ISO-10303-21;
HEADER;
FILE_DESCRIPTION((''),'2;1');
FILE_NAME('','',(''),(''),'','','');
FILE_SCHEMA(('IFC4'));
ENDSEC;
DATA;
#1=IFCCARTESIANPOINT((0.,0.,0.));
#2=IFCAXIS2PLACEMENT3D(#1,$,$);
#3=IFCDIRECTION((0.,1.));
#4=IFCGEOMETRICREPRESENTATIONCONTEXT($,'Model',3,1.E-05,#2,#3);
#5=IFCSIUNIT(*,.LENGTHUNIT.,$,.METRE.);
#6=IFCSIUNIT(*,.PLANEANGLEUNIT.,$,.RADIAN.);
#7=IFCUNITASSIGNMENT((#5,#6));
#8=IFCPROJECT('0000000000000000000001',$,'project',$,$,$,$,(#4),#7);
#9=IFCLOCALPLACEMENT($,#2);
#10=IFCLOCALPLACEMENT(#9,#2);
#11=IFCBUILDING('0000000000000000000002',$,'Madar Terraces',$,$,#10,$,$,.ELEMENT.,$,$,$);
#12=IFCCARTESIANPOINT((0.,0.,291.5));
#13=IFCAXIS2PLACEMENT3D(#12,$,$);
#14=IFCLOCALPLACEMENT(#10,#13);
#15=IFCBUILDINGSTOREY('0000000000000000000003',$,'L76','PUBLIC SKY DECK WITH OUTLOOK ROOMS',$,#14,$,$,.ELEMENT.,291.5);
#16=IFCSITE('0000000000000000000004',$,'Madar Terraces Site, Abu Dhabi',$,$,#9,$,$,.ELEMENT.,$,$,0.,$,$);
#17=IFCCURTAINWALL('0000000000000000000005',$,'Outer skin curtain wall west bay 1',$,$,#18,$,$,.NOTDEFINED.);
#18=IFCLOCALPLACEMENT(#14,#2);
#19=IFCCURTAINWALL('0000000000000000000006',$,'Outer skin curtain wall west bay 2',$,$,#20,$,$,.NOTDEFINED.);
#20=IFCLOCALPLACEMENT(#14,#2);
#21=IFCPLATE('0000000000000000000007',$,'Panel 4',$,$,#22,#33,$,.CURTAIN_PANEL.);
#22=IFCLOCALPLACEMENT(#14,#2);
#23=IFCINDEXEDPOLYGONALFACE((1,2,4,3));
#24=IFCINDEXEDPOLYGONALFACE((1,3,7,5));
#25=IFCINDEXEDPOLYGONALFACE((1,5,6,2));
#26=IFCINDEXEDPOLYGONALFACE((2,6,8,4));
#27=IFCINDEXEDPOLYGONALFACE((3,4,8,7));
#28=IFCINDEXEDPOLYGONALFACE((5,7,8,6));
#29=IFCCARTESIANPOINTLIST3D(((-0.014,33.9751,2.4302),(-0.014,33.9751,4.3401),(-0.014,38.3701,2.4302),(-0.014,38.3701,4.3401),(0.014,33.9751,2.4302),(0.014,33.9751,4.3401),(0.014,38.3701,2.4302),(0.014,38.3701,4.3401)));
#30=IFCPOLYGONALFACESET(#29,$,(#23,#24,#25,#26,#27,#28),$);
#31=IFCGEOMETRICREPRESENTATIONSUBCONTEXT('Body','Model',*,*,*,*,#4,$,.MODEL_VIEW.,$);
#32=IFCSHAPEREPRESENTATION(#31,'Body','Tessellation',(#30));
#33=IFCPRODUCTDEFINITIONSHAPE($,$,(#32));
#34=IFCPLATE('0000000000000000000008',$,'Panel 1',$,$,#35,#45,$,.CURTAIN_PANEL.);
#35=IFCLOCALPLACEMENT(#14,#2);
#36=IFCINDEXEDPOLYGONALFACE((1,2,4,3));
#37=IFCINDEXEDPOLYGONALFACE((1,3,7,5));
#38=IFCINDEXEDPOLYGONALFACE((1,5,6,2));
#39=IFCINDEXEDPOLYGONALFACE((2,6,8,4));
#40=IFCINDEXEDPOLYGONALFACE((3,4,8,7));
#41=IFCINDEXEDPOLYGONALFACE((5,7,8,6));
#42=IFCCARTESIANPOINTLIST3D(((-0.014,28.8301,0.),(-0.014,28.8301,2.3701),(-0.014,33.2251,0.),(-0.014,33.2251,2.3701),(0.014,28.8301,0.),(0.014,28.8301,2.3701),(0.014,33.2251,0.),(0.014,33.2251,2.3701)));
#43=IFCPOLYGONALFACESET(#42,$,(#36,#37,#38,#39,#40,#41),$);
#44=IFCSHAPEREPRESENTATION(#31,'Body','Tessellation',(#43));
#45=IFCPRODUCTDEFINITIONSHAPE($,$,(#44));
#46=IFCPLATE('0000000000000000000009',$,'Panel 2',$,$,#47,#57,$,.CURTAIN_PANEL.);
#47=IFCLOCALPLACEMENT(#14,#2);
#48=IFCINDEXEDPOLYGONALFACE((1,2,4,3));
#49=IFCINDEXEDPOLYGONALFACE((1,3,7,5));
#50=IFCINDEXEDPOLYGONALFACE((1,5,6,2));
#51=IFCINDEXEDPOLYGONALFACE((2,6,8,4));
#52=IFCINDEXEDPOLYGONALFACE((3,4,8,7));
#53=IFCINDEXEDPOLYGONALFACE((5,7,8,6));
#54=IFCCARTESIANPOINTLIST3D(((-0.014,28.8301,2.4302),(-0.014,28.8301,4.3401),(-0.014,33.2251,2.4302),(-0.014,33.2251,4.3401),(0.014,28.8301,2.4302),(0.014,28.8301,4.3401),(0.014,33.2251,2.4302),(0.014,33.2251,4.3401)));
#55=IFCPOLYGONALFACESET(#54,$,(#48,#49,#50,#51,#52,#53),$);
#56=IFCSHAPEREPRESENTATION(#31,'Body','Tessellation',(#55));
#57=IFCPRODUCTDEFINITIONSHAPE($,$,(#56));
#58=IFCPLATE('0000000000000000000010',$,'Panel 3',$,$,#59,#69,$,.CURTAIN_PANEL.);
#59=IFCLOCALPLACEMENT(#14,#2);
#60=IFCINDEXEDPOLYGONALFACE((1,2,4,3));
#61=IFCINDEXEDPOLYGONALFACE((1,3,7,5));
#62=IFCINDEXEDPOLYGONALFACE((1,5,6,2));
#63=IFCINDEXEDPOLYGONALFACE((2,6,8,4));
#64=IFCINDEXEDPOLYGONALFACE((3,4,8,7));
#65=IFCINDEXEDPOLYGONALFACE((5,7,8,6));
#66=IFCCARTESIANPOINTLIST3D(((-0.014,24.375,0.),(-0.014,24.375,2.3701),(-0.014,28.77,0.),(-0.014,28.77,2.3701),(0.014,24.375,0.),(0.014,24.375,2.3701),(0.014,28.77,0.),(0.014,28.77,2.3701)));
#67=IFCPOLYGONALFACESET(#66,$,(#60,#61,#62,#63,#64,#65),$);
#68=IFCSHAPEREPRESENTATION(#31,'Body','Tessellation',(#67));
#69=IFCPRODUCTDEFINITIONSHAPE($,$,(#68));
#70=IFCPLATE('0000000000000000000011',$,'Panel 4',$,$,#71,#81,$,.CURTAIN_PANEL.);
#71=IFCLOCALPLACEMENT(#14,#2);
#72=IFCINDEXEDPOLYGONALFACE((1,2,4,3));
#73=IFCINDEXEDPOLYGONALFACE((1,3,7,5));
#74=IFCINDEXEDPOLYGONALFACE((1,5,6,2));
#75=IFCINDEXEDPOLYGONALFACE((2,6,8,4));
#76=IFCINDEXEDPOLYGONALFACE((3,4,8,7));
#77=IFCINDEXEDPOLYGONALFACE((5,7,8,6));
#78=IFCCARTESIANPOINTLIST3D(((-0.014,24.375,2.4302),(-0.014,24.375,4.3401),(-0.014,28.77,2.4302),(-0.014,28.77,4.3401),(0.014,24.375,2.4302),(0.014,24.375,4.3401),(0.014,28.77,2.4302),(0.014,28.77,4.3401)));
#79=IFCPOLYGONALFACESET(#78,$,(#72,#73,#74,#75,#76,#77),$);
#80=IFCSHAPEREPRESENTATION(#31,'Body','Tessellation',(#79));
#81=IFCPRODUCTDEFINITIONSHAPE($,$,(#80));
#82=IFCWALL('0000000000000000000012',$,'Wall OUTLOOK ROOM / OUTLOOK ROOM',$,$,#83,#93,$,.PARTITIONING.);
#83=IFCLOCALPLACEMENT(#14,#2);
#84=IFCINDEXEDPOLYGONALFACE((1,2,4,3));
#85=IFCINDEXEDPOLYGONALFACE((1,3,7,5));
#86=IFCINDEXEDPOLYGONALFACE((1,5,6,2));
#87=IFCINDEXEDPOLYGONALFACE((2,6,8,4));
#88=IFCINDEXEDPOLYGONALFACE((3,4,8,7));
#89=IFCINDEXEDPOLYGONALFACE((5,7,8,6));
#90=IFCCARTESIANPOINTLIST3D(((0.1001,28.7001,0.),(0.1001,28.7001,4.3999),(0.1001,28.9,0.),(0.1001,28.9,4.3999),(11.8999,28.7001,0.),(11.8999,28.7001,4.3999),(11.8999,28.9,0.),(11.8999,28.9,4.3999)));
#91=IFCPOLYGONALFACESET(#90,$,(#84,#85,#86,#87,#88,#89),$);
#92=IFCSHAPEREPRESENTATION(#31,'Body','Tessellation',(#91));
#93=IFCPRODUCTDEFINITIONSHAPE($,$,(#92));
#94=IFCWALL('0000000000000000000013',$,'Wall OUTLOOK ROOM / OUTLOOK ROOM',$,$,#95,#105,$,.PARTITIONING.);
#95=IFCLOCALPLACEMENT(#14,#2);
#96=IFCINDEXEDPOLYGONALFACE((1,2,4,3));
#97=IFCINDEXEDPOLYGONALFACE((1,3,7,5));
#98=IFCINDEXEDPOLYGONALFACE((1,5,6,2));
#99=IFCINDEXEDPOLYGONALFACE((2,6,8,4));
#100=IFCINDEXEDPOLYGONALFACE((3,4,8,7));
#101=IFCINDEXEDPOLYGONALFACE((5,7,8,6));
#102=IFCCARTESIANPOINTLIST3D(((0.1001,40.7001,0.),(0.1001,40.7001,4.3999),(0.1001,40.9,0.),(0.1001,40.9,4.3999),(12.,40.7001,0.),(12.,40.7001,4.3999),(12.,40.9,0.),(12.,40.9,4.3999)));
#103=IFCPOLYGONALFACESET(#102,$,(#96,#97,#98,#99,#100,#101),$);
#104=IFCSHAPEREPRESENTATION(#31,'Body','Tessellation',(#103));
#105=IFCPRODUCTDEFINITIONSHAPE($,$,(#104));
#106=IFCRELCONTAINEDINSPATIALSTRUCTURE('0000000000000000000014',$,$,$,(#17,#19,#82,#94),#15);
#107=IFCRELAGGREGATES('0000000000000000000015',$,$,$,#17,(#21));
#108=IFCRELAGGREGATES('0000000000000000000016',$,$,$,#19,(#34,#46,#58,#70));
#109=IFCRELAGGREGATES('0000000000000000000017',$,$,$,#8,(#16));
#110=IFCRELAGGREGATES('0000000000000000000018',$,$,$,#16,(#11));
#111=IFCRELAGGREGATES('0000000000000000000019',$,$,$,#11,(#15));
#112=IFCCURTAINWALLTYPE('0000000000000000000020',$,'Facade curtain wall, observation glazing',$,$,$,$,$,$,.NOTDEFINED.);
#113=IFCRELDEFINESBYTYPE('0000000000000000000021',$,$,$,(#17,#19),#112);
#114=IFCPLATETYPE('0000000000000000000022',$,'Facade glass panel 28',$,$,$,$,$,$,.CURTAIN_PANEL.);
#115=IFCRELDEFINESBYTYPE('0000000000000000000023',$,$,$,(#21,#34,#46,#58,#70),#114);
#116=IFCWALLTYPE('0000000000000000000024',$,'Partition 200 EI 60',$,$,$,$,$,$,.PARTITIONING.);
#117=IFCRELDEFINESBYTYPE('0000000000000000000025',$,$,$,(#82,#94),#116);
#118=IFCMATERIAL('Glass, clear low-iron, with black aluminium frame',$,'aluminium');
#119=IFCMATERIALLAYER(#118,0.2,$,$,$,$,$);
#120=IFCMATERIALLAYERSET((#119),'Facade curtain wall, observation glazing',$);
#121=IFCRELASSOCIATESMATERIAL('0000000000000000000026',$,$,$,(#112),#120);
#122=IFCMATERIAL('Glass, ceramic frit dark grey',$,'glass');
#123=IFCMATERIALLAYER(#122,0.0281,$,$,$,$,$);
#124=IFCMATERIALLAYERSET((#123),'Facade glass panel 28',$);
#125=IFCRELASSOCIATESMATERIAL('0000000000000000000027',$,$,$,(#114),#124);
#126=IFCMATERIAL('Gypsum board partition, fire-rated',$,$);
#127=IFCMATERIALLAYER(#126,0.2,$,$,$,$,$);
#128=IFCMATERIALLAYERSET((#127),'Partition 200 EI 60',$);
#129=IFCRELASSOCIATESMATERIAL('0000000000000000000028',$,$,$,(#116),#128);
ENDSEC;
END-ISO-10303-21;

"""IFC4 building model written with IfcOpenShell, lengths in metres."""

from ifc_helpers import new_model, si_unit, direction, frame, frame_2d, origin, origin_2d, place, context, subcontext, project, spatial, rectangle, extrude, material, layer, layer_set, type_object, element, aggregate, save


model = new_model("IFC4")

# Units and contexts
model_context = context("Model", 3, precision=1e-05, world=origin(), true_north=direction((0.0, 1.0)))
body_context = subcontext(model_context, "Body", "Model", "MODEL_VIEW")
ifc_project = project(units=[si_unit("LENGTHUNIT", "METRE"), si_unit("PLANEANGLEUNIT", "RADIAN")], contexts=[model_context])

# Site, building, storey
site_placement = place(None, origin())
site = spatial("IfcSite", under=ifc_project, at=site_placement, Name="Madar Terraces Site, Abu Dhabi", CompositionType="ELEMENT", RefElevation=0.0)
building_placement = place(site_placement, origin())
building = spatial("IfcBuilding", under=site, at=building_placement, Name="Madar Terraces", CompositionType="ELEMENT")
storey_placement = place(building_placement, frame((0.0, 0.0, 291.5)))
storey = spatial("IfcBuildingStorey", under=building, at=storey_placement, Name="L76", Description="PUBLIC SKY DECK WITH OUTLOOK ROOMS", CompositionType="ELEMENT", Elevation=291.5)

# Curtain walls
ifc_material_1 = material(Name="Glass, clear low-iron, with black aluminium frame", Category="aluminium")
ifc_layer_1 = layer(ifc_material_1, 0.2)
ifc_layer_set_1 = layer_set([ifc_layer_1], Name="Facade curtain wall, observation glazing")
curtain_wall_type = type_object("IfcCurtainWallType", Name="Facade curtain wall, observation glazing", PredefinedType="NOTDEFINED", material=ifc_layer_set_1)
curtain_wall_1_placement = place(storey_placement, origin())
curtain_wall_1 = element("IfcCurtainWall", 1, at=curtain_wall_1_placement, inside=storey, type_object=curtain_wall_type, Name="Outer skin curtain wall west bay 1", PredefinedType="NOTDEFINED")
curtain_wall_2_placement = place(storey_placement, origin())
curtain_wall_2 = element("IfcCurtainWall", 2, at=curtain_wall_2_placement, inside=storey, type_object=curtain_wall_type, Name="Outer skin curtain wall west bay 2", PredefinedType="NOTDEFINED")

# Plates
ifc_material_2 = material(Name="Glass, ceramic frit dark grey", Category="glass")
ifc_layer_2 = layer(ifc_material_2, 0.0281)
ifc_layer_set_2 = layer_set([ifc_layer_2], Name="Facade glass panel 28")
plate_type = type_object("IfcPlateType", Name="Facade glass panel 28", PredefinedType="CURTAIN_PANEL", material=ifc_layer_set_2)
plate_1_placement = place(storey_placement, frame((0.0, 36.1726, 2.4302), z_axis=(0.0, 0.0, 1.0), x_axis=(0.0, -1.0, 0.0)))
plate_1 = element("IfcPlate", 3, at=plate_1_placement, type_object=plate_type, Name="Panel 4", PredefinedType="CURTAIN_PANEL", context=body_context, shape_type="SweptSolid", body=[
    extrude(rectangle(XDim=4.395, YDim=0.0281, at=origin_2d()), origin(), (0.0, 0.0, 1.0), 1.9099),
])
aggregate(curtain_wall_1, [plate_1])
plate_2_placement = place(storey_placement, frame((0.0, 31.0276, 0.0), z_axis=(0.0, 0.0, 1.0), x_axis=(0.0, -1.0, 0.0)))
plate_2 = element("IfcPlate", 4, at=plate_2_placement, type_object=plate_type, Name="Panel 1", PredefinedType="CURTAIN_PANEL", context=body_context, shape_type="SweptSolid", body=[
    extrude(rectangle(XDim=4.395, YDim=0.0281, at=origin_2d()), origin(), (0.0, 0.0, 1.0), 2.3701),
])
plate_3_placement = place(storey_placement, frame((0.0, 31.0276, 2.4302), z_axis=(0.0, 0.0, 1.0), x_axis=(0.0, -1.0, 0.0)))
plate_3 = element("IfcPlate", 5, at=plate_3_placement, type_object=plate_type, Name="Panel 2", PredefinedType="CURTAIN_PANEL", context=body_context, shape_type="SweptSolid", body=[
    extrude(rectangle(XDim=4.395, YDim=0.0281, at=origin_2d()), origin(), (0.0, 0.0, 1.0), 1.9099),
])
plate_4_placement = place(storey_placement, frame((0.0, 26.5725, 0.0), z_axis=(0.0, 0.0, 1.0), x_axis=(0.0, -1.0, 0.0)))
plate_4 = element("IfcPlate", 6, at=plate_4_placement, type_object=plate_type, Name="Panel 3", PredefinedType="CURTAIN_PANEL", context=body_context, shape_type="SweptSolid", body=[
    extrude(rectangle(XDim=4.395, YDim=0.0281, at=origin_2d()), origin(), (0.0, 0.0, 1.0), 2.3701),
])
plate_5_placement = place(storey_placement, frame((0.0, 26.5725, 2.4302), z_axis=(0.0, 0.0, 1.0), x_axis=(0.0, -1.0, 0.0)))
plate_5 = element("IfcPlate", 7, at=plate_5_placement, type_object=plate_type, Name="Panel 4", PredefinedType="CURTAIN_PANEL", context=body_context, shape_type="SweptSolid", body=[
    extrude(rectangle(XDim=4.395, YDim=0.0281, at=origin_2d()), origin(), (0.0, 0.0, 1.0), 1.9099),
])
aggregate(curtain_wall_2, [plate_2, plate_3, plate_4, plate_5])

# Walls
ifc_material_3 = material(Name="Gypsum board partition, fire-rated")
ifc_layer_3 = layer(ifc_material_3, 0.2)
ifc_layer_set_3 = layer_set([ifc_layer_3], Name="Partition 200 EI 60")
wall_type = type_object("IfcWallType", Name="Partition 200 EI 60", PredefinedType="PARTITIONING", material=ifc_layer_set_3)
wall_1_placement = place(storey_placement, frame((0.1001, 28.8, 0.0), z_axis=(0.0, 0.0, 1.0), x_axis=(1.0, 0.0, 0.0)))
element("IfcWall", 8, at=wall_1_placement, inside=storey, type_object=wall_type, Name="Wall OUTLOOK ROOM / OUTLOOK ROOM", PredefinedType="PARTITIONING", context=body_context, shape_type="SweptSolid", body=[
    extrude(rectangle(XDim=11.7998, YDim=0.2, at=frame_2d((5.8999, 0.0))), origin(), (0.0, 0.0, 1.0), 4.3999),
])
wall_2_placement = place(storey_placement, frame((0.1001, 40.8, 0.0), z_axis=(0.0, 0.0, 1.0), x_axis=(1.0, 0.0, 0.0)))
element("IfcWall", 9, at=wall_2_placement, inside=storey, type_object=wall_type, Name="Wall OUTLOOK ROOM / OUTLOOK ROOM", PredefinedType="PARTITIONING", context=body_context, shape_type="SweptSolid", body=[
    extrude(rectangle(XDim=11.8999, YDim=0.2, at=frame_2d((5.95, 0.0))), origin(), (0.0, 0.0, 1.0), 4.3999),
])

save(model, "model.ifc")
